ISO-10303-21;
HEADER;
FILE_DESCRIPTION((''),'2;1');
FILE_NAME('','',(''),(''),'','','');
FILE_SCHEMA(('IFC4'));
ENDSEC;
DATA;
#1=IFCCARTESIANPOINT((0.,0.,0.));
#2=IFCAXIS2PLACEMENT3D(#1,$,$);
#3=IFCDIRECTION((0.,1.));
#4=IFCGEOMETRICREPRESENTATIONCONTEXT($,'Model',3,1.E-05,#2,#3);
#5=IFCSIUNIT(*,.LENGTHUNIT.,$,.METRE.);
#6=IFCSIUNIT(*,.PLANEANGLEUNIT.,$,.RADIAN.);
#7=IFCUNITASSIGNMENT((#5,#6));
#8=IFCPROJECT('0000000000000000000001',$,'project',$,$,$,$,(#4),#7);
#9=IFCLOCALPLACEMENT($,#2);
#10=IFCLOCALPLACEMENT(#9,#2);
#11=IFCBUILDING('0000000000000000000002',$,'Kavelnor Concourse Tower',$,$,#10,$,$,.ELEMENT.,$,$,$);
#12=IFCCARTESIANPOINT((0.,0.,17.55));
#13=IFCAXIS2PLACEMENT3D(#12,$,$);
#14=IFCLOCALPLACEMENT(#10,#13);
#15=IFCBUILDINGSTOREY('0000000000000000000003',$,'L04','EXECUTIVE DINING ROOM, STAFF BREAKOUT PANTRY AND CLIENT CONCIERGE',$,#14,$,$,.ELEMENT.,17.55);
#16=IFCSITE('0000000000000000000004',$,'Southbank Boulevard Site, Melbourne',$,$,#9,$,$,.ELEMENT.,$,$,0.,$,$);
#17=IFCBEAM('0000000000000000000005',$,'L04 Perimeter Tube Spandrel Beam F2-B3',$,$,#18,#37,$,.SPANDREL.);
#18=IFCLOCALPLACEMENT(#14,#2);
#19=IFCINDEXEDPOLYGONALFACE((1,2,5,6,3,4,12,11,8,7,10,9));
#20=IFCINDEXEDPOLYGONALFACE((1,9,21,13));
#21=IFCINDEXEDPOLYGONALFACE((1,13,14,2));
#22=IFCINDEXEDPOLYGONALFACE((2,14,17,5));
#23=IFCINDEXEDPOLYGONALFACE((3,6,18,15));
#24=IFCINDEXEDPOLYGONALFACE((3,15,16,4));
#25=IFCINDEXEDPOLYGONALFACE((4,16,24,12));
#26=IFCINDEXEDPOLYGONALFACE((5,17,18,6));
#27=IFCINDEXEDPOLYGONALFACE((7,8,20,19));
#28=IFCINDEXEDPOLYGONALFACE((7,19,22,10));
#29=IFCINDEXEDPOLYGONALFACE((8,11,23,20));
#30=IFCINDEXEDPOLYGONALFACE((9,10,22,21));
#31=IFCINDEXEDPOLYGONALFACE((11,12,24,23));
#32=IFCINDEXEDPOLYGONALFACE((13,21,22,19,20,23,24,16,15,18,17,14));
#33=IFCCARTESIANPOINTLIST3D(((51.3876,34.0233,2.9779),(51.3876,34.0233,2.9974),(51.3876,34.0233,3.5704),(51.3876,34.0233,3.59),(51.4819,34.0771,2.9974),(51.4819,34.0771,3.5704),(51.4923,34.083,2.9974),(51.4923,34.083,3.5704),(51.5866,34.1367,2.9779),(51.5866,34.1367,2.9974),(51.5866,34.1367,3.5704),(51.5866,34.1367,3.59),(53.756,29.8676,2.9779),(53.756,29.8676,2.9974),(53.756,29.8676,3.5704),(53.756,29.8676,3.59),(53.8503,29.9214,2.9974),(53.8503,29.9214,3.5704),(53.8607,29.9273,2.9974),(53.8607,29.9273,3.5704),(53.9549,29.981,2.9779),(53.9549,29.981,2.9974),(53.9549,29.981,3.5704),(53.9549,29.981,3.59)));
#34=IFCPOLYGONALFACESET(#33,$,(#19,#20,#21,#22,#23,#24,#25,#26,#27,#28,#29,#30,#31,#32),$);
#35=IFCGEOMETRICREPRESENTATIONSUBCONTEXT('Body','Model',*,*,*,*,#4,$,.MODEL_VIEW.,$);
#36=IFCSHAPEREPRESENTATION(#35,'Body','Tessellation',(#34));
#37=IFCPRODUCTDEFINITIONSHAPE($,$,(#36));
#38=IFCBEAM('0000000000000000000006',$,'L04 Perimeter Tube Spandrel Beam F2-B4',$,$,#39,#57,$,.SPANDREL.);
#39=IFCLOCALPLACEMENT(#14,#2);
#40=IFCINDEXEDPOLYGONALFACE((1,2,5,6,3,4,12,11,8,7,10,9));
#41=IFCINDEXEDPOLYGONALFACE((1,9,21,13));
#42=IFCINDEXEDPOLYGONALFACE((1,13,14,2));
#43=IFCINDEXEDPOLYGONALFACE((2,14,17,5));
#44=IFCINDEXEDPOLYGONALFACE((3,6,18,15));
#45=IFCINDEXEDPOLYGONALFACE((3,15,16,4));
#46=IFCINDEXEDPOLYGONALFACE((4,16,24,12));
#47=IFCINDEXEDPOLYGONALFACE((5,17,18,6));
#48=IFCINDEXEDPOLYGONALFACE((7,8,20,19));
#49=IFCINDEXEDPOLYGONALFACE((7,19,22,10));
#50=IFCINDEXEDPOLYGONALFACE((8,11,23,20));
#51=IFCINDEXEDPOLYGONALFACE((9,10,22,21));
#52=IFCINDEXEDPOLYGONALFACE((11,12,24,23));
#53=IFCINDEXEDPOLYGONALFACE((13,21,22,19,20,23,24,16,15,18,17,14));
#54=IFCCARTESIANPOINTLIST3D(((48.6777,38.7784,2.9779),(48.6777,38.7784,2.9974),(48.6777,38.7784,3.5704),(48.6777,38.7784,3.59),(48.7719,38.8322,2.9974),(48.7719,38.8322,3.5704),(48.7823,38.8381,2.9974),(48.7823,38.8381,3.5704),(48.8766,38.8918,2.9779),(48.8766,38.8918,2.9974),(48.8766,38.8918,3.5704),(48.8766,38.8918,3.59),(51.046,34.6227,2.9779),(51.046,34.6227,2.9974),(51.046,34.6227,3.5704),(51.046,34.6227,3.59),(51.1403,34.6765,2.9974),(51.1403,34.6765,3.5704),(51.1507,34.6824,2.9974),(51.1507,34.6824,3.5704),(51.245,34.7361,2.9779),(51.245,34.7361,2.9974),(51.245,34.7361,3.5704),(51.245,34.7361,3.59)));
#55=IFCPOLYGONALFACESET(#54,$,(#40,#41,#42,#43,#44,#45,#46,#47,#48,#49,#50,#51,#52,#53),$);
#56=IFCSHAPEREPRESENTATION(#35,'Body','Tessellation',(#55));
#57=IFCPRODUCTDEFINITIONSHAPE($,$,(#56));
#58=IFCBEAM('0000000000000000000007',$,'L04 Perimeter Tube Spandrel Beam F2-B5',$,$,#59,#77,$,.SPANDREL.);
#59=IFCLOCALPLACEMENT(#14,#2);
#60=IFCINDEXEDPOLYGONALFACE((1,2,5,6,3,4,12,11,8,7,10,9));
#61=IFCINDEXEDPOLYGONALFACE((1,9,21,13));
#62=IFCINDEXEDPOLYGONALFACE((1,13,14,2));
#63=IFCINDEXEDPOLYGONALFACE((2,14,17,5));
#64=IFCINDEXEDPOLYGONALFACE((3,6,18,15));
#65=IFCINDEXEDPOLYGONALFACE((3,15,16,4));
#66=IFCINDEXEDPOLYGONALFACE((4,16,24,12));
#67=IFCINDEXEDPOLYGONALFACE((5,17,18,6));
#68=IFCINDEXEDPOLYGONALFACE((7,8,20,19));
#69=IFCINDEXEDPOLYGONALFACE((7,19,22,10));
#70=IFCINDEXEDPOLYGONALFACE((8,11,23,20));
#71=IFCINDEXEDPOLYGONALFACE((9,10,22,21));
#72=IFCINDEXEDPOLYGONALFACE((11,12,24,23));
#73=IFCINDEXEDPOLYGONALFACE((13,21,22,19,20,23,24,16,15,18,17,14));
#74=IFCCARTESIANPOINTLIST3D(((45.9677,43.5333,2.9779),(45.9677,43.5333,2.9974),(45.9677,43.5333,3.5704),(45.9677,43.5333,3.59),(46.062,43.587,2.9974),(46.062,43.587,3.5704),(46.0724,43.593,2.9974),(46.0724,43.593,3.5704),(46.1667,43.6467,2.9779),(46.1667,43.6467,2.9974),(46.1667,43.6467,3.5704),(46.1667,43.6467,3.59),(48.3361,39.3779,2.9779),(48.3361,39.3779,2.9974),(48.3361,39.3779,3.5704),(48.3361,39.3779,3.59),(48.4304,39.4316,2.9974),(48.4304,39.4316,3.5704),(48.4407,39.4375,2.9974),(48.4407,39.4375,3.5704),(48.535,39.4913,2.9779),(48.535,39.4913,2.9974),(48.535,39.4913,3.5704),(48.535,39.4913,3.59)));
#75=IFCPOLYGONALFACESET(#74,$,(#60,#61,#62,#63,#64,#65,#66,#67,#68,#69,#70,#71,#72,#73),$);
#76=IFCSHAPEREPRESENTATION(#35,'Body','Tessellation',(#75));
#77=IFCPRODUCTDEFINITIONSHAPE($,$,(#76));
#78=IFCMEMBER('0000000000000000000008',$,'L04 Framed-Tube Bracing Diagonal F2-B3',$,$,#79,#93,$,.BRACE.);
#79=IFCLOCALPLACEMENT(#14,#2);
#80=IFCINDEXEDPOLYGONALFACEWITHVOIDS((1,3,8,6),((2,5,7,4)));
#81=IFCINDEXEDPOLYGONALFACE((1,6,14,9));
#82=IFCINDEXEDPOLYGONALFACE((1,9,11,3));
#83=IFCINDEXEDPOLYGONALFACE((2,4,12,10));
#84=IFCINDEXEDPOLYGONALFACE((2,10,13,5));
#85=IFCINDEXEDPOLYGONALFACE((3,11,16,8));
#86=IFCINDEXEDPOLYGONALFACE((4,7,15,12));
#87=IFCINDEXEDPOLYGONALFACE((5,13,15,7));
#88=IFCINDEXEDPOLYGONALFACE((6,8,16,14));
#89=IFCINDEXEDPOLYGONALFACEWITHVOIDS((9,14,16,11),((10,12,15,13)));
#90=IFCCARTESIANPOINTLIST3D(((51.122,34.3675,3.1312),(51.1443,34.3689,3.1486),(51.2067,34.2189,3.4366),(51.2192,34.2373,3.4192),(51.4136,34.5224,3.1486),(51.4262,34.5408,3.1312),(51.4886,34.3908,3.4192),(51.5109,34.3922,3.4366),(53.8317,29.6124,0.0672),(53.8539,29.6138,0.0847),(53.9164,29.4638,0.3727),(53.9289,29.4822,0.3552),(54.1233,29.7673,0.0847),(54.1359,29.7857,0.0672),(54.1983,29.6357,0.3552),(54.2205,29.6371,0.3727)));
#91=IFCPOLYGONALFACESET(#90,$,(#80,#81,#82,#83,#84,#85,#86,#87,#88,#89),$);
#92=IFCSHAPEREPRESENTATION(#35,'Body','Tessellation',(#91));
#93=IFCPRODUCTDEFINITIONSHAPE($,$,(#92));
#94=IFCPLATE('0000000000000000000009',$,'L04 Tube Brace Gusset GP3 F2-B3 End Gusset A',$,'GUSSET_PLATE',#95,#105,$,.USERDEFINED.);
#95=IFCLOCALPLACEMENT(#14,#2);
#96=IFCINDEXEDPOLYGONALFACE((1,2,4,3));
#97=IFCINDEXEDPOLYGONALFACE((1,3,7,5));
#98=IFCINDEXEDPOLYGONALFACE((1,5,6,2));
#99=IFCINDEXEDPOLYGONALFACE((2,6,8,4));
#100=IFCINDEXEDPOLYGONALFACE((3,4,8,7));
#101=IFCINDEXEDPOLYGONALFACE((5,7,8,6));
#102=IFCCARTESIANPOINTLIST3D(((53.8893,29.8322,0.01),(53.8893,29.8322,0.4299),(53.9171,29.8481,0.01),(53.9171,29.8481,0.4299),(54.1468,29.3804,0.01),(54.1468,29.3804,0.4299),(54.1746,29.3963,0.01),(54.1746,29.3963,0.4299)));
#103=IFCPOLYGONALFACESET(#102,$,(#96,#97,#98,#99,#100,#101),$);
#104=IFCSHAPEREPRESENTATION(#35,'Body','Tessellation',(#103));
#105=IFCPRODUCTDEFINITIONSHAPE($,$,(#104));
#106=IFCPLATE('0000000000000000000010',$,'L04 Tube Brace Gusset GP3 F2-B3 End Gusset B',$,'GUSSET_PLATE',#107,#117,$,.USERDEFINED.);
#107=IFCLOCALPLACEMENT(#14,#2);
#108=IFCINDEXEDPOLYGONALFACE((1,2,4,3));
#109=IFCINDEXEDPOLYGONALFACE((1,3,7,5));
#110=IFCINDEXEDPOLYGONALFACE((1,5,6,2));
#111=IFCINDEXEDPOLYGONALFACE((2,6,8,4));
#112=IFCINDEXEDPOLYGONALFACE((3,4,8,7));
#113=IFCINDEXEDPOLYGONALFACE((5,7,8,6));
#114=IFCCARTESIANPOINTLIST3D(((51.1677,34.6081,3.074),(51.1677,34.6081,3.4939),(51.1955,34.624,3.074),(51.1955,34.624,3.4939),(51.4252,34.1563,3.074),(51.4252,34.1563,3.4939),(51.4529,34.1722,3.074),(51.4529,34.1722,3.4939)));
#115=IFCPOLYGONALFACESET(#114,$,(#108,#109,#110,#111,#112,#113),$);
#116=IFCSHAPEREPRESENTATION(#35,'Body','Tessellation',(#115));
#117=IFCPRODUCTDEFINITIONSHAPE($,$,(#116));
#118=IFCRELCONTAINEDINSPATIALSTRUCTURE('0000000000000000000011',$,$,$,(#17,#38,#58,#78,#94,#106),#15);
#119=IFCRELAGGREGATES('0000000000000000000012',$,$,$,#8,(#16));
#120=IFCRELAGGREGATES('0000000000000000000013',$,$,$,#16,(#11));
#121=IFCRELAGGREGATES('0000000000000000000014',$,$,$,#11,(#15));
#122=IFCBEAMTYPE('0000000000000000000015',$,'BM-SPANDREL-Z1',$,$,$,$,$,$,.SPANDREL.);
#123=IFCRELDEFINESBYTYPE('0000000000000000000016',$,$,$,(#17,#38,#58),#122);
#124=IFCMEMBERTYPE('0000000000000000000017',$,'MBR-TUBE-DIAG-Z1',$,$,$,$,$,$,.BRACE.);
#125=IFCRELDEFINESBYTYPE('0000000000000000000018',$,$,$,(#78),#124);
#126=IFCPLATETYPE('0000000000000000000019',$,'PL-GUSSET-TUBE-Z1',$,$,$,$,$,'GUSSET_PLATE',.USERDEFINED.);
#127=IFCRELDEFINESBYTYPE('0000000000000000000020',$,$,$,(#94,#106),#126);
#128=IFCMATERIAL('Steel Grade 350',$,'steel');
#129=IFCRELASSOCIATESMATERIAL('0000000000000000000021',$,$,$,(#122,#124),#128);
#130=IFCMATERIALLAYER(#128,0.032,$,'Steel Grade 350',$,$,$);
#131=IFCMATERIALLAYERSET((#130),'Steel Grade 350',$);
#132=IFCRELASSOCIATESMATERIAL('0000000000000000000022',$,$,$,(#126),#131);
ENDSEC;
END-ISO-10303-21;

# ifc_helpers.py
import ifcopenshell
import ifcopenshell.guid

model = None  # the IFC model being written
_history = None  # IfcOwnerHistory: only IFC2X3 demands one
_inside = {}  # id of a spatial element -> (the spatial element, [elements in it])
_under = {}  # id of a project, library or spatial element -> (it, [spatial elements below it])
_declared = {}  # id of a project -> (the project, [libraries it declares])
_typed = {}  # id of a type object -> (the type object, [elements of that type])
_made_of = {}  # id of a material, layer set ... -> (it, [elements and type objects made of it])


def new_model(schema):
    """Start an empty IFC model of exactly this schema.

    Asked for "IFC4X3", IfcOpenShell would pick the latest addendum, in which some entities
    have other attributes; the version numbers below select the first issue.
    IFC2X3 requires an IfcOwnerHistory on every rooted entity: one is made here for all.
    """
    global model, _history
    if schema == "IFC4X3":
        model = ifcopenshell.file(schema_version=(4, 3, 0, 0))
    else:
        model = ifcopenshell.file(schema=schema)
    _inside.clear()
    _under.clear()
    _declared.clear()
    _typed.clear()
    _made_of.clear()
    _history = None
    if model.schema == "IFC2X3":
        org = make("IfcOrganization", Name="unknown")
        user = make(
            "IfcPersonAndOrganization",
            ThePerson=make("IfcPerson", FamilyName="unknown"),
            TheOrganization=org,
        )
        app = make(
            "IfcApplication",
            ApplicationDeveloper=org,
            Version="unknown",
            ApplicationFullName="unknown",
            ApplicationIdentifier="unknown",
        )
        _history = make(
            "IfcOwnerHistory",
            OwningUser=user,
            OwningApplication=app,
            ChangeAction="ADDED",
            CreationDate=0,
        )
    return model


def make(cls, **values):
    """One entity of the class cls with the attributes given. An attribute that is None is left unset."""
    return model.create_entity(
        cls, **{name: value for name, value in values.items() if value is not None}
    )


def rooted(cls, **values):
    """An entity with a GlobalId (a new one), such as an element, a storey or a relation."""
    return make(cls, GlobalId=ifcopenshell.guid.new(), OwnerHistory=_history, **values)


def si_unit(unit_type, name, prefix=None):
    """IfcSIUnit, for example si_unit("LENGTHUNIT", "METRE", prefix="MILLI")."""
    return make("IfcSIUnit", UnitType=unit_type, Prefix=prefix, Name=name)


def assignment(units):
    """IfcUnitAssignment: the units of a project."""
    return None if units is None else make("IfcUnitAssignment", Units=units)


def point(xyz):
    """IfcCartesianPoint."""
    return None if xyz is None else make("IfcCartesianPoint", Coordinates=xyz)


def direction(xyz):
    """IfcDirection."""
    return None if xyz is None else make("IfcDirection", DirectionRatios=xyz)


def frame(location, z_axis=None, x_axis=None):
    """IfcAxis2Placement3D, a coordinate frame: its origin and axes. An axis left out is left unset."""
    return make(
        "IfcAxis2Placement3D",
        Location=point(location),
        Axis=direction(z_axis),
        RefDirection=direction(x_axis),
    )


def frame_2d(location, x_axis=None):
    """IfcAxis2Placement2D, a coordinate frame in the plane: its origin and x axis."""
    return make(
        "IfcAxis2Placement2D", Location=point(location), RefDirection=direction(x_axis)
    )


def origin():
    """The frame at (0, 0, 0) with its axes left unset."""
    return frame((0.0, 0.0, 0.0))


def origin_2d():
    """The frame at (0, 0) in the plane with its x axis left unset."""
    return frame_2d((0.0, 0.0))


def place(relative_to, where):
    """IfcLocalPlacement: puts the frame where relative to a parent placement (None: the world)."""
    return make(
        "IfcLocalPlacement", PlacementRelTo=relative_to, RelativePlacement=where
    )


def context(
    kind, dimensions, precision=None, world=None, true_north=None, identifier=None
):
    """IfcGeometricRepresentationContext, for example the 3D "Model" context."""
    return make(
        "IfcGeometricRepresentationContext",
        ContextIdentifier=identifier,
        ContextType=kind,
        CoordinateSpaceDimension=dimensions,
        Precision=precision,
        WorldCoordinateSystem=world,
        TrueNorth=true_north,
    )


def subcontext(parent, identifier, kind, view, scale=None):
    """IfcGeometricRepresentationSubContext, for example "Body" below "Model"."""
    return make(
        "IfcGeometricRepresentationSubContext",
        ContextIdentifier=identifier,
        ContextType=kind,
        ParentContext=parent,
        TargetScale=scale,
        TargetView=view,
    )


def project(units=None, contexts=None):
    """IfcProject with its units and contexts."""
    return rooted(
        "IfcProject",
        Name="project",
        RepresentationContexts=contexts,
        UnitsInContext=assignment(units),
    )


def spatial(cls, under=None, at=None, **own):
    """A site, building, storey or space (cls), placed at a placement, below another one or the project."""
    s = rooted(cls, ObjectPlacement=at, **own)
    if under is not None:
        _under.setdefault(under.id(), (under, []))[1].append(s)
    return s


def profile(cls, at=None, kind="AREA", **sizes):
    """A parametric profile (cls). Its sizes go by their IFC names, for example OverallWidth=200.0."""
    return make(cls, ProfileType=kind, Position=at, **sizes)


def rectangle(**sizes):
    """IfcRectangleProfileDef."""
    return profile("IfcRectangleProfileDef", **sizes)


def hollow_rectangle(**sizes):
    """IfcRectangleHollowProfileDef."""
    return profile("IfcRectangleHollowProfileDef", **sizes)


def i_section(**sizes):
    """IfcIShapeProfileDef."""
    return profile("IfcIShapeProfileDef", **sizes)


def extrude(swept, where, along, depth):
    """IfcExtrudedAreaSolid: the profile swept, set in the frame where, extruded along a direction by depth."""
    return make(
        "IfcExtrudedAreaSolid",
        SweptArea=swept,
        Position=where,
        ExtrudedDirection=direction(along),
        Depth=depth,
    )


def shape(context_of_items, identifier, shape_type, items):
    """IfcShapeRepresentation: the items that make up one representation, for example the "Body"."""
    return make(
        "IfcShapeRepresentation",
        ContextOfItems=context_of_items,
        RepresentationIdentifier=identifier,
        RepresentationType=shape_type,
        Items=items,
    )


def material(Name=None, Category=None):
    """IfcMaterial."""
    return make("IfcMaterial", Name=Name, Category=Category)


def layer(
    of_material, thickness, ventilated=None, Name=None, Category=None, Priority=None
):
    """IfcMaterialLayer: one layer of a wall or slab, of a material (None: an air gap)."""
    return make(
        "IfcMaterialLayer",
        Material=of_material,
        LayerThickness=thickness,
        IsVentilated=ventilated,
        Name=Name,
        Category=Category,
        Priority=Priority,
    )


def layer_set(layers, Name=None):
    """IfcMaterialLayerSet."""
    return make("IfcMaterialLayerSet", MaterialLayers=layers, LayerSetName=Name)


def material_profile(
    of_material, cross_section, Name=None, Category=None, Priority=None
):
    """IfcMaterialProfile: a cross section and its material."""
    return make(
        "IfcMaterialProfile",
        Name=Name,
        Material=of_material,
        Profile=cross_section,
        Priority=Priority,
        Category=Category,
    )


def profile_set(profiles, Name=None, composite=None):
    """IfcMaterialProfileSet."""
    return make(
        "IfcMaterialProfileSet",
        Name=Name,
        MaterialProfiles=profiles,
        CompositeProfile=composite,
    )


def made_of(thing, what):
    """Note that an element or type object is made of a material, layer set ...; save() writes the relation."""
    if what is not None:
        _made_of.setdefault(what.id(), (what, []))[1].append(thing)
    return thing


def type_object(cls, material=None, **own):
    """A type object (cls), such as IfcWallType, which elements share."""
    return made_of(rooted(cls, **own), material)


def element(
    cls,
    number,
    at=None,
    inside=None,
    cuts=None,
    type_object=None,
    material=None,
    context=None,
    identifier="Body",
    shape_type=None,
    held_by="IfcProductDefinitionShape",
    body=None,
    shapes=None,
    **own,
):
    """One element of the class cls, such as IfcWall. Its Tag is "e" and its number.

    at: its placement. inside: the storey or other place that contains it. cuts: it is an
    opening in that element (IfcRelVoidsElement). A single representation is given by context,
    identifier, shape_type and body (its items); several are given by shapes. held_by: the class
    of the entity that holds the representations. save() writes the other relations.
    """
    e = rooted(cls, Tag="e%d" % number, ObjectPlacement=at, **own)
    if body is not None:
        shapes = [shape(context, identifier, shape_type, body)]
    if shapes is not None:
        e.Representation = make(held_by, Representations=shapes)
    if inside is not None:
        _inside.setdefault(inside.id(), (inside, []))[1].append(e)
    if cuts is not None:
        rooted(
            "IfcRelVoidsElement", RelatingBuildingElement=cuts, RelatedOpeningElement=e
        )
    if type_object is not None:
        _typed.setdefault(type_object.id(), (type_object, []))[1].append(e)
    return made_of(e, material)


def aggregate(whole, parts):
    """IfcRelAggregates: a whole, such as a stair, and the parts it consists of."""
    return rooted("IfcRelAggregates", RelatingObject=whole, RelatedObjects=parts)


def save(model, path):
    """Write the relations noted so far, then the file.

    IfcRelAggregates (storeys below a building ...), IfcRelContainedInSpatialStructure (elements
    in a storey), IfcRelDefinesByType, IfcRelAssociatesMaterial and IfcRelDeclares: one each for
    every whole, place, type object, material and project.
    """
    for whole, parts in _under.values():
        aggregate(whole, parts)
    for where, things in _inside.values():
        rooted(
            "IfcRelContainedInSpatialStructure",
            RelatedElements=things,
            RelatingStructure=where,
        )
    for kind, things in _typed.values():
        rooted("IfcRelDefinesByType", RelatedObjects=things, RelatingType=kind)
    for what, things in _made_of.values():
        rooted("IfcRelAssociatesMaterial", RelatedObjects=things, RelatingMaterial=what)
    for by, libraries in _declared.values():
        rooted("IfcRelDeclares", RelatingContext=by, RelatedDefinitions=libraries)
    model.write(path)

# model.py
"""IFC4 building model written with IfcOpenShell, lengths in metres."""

from ifc_helpers import new_model, si_unit, direction, frame, origin, origin_2d, place, context, subcontext, project, spatial, rectangle, hollow_rectangle, i_section, extrude, material, layer, layer_set, material_profile, profile_set, type_object, element, save


model = new_model("IFC4")

# Units and contexts
model_context = context("Model", 3, precision=1e-05, world=origin(), true_north=direction((0.0, 1.0)))
body_context = subcontext(model_context, "Body", "Model", "MODEL_VIEW")
ifc_project = project(units=[si_unit("LENGTHUNIT", "METRE"), si_unit("PLANEANGLEUNIT", "RADIAN")], contexts=[model_context])

# Site, building, storey
site_placement = place(None, origin())
site = spatial("IfcSite", under=ifc_project, at=site_placement, Name="Southbank Boulevard Site, Melbourne", CompositionType="ELEMENT", RefElevation=0.0)
building_placement = place(site_placement, origin())
building = spatial("IfcBuilding", under=site, at=building_placement, Name="Kavelnor Concourse Tower", CompositionType="ELEMENT")
storey_placement = place(building_placement, frame((0.0, 0.0, 17.55)))
storey = spatial("IfcBuildingStorey", under=building, at=storey_placement, Name="L04", Description="EXECUTIVE DINING ROOM, STAFF BREAKOUT PANTRY AND CLIENT CONCIERGE", CompositionType="ELEMENT", Elevation=17.55)

# Shared definitions
ifc_material_1 = material(Name="Steel Grade 350", Category="steel")

# Beams
ifc_material_profile_1 = material_profile(ifc_material_1, i_section(OverallWidth=0.229, OverallDepth=0.6121, WebThickness=0.012, FlangeThickness=0.0195, at=origin_2d()), Name="610UB125")
ifc_profile_set_1 = profile_set([ifc_material_profile_1], Name="Steel Grade 350")
beam_type_1 = type_object("IfcBeamType", Name="BM-SPANDREL-Z1", PredefinedType="SPANDREL", material=ifc_profile_set_1)
for number, where, z_axis, x_axis, name in (
    (1, (53.8555, 29.9243, 3.2839), (-0.495144, 0.868811, 0.0), (-0.868811, -0.495144, 0.0), "L04 Perimeter Tube Spandrel Beam F2-B3"),
    (2, (51.1455, 34.6794, 3.2839), (-0.495144, 0.868811, 0.0), (-0.868811, -0.495144, 0.0), "L04 Perimeter Tube Spandrel Beam F2-B4"),
):
    element("IfcBeam", number, at=place(storey_placement, frame(where, z_axis=z_axis, x_axis=x_axis)), inside=storey, type_object=beam_type_1, Name=name, PredefinedType="SPANDREL", context=body_context, shape_type="SweptSolid", body=[
        extrude(i_section(OverallWidth=0.229, OverallDepth=0.6121, WebThickness=0.012, FlangeThickness=0.0195, at=origin_2d()), origin(), (0.0, 0.0, 1.0), 4.7832),
    ])
beam_1_placement = place(storey_placement, frame((48.4355, 39.4346, 3.2839), z_axis=(-0.495166, 0.868799, 0.0), x_axis=(-0.868799, -0.495166, 0.0)))
element("IfcBeam", 3, at=beam_1_placement, inside=storey, type_object=beam_type_1, Name="L04 Perimeter Tube Spandrel Beam F2-B5", PredefinedType="SPANDREL", context=body_context, shape_type="SweptSolid", body=[
    extrude(i_section(OverallWidth=0.229, OverallDepth=0.6121, WebThickness=0.012, FlangeThickness=0.0195, at=origin_2d()), origin(), (0.0, 0.0, 1.0), 4.783),
])

# Member
ifc_material_profile_2 = material_profile(ifc_material_1, hollow_rectangle(XDim=0.3501, YDim=0.3501, WallThickness=0.02, at=origin_2d()), Name="SHS 350x350x20")
ifc_profile_set_2 = profile_set([ifc_material_profile_2], Name="Steel Grade 350")
member_type = type_object("IfcMemberType", Name="MBR-TUBE-DIAG-Z1", PredefinedType="BRACE", material=ifc_profile_set_2)
member_placement = place(storey_placement, frame((54.0261, 29.6248, 0.22), z_axis=(-0.432014, 0.758116, 0.488492), x_axis=(-0.868833, -0.495106, 0.0)))
element("IfcMember", 4, at=member_placement, inside=storey, type_object=member_type, Name="L04 Framed-Tube Bracing Diagonal F2-B3", PredefinedType="BRACE", context=body_context, shape_type="SweptSolid", body=[
    extrude(hollow_rectangle(XDim=0.3501, YDim=0.3501, WallThickness=0.02, at=origin_2d()), origin(), (0.0, 0.0, 1.0), 6.2722),
])

# Plates
ifc_layer = layer(ifc_material_1, 0.032, Name="Steel Grade 350")
ifc_layer_set = layer_set([ifc_layer], Name="Steel Grade 350")
plate_type = type_object("IfcPlateType", Name="PL-GUSSET-TUBE-Z1", ElementType="GUSSET_PLATE", PredefinedType="USERDEFINED", material=ifc_layer_set)
for number, where, z_axis, x_axis, name in (
    (5, (54.032, 29.6143, 0.01), (0.0, 0.0, 1.0), (-0.495155, 0.868804, 0.0), "L04 Tube Brace Gusset GP3 F2-B3 End Gusset A"),
    (6, (51.3103, 34.3901, 3.074), (0.0, 0.0, 1.0), (-0.495155, 0.868804, 0.0), "L04 Tube Brace Gusset GP3 F2-B3 End Gusset B"),
):
    element("IfcPlate", number, at=place(storey_placement, frame(where, z_axis=z_axis, x_axis=x_axis)), inside=storey, type_object=plate_type, Name=name, ObjectType="GUSSET_PLATE", PredefinedType="USERDEFINED", context=body_context, shape_type="SweptSolid", body=[
        extrude(rectangle(XDim=0.52, YDim=0.032, at=origin_2d()), origin(), (0.0, 0.0, 1.0), 0.4199),
    ])

save(model, "model.ifc")
